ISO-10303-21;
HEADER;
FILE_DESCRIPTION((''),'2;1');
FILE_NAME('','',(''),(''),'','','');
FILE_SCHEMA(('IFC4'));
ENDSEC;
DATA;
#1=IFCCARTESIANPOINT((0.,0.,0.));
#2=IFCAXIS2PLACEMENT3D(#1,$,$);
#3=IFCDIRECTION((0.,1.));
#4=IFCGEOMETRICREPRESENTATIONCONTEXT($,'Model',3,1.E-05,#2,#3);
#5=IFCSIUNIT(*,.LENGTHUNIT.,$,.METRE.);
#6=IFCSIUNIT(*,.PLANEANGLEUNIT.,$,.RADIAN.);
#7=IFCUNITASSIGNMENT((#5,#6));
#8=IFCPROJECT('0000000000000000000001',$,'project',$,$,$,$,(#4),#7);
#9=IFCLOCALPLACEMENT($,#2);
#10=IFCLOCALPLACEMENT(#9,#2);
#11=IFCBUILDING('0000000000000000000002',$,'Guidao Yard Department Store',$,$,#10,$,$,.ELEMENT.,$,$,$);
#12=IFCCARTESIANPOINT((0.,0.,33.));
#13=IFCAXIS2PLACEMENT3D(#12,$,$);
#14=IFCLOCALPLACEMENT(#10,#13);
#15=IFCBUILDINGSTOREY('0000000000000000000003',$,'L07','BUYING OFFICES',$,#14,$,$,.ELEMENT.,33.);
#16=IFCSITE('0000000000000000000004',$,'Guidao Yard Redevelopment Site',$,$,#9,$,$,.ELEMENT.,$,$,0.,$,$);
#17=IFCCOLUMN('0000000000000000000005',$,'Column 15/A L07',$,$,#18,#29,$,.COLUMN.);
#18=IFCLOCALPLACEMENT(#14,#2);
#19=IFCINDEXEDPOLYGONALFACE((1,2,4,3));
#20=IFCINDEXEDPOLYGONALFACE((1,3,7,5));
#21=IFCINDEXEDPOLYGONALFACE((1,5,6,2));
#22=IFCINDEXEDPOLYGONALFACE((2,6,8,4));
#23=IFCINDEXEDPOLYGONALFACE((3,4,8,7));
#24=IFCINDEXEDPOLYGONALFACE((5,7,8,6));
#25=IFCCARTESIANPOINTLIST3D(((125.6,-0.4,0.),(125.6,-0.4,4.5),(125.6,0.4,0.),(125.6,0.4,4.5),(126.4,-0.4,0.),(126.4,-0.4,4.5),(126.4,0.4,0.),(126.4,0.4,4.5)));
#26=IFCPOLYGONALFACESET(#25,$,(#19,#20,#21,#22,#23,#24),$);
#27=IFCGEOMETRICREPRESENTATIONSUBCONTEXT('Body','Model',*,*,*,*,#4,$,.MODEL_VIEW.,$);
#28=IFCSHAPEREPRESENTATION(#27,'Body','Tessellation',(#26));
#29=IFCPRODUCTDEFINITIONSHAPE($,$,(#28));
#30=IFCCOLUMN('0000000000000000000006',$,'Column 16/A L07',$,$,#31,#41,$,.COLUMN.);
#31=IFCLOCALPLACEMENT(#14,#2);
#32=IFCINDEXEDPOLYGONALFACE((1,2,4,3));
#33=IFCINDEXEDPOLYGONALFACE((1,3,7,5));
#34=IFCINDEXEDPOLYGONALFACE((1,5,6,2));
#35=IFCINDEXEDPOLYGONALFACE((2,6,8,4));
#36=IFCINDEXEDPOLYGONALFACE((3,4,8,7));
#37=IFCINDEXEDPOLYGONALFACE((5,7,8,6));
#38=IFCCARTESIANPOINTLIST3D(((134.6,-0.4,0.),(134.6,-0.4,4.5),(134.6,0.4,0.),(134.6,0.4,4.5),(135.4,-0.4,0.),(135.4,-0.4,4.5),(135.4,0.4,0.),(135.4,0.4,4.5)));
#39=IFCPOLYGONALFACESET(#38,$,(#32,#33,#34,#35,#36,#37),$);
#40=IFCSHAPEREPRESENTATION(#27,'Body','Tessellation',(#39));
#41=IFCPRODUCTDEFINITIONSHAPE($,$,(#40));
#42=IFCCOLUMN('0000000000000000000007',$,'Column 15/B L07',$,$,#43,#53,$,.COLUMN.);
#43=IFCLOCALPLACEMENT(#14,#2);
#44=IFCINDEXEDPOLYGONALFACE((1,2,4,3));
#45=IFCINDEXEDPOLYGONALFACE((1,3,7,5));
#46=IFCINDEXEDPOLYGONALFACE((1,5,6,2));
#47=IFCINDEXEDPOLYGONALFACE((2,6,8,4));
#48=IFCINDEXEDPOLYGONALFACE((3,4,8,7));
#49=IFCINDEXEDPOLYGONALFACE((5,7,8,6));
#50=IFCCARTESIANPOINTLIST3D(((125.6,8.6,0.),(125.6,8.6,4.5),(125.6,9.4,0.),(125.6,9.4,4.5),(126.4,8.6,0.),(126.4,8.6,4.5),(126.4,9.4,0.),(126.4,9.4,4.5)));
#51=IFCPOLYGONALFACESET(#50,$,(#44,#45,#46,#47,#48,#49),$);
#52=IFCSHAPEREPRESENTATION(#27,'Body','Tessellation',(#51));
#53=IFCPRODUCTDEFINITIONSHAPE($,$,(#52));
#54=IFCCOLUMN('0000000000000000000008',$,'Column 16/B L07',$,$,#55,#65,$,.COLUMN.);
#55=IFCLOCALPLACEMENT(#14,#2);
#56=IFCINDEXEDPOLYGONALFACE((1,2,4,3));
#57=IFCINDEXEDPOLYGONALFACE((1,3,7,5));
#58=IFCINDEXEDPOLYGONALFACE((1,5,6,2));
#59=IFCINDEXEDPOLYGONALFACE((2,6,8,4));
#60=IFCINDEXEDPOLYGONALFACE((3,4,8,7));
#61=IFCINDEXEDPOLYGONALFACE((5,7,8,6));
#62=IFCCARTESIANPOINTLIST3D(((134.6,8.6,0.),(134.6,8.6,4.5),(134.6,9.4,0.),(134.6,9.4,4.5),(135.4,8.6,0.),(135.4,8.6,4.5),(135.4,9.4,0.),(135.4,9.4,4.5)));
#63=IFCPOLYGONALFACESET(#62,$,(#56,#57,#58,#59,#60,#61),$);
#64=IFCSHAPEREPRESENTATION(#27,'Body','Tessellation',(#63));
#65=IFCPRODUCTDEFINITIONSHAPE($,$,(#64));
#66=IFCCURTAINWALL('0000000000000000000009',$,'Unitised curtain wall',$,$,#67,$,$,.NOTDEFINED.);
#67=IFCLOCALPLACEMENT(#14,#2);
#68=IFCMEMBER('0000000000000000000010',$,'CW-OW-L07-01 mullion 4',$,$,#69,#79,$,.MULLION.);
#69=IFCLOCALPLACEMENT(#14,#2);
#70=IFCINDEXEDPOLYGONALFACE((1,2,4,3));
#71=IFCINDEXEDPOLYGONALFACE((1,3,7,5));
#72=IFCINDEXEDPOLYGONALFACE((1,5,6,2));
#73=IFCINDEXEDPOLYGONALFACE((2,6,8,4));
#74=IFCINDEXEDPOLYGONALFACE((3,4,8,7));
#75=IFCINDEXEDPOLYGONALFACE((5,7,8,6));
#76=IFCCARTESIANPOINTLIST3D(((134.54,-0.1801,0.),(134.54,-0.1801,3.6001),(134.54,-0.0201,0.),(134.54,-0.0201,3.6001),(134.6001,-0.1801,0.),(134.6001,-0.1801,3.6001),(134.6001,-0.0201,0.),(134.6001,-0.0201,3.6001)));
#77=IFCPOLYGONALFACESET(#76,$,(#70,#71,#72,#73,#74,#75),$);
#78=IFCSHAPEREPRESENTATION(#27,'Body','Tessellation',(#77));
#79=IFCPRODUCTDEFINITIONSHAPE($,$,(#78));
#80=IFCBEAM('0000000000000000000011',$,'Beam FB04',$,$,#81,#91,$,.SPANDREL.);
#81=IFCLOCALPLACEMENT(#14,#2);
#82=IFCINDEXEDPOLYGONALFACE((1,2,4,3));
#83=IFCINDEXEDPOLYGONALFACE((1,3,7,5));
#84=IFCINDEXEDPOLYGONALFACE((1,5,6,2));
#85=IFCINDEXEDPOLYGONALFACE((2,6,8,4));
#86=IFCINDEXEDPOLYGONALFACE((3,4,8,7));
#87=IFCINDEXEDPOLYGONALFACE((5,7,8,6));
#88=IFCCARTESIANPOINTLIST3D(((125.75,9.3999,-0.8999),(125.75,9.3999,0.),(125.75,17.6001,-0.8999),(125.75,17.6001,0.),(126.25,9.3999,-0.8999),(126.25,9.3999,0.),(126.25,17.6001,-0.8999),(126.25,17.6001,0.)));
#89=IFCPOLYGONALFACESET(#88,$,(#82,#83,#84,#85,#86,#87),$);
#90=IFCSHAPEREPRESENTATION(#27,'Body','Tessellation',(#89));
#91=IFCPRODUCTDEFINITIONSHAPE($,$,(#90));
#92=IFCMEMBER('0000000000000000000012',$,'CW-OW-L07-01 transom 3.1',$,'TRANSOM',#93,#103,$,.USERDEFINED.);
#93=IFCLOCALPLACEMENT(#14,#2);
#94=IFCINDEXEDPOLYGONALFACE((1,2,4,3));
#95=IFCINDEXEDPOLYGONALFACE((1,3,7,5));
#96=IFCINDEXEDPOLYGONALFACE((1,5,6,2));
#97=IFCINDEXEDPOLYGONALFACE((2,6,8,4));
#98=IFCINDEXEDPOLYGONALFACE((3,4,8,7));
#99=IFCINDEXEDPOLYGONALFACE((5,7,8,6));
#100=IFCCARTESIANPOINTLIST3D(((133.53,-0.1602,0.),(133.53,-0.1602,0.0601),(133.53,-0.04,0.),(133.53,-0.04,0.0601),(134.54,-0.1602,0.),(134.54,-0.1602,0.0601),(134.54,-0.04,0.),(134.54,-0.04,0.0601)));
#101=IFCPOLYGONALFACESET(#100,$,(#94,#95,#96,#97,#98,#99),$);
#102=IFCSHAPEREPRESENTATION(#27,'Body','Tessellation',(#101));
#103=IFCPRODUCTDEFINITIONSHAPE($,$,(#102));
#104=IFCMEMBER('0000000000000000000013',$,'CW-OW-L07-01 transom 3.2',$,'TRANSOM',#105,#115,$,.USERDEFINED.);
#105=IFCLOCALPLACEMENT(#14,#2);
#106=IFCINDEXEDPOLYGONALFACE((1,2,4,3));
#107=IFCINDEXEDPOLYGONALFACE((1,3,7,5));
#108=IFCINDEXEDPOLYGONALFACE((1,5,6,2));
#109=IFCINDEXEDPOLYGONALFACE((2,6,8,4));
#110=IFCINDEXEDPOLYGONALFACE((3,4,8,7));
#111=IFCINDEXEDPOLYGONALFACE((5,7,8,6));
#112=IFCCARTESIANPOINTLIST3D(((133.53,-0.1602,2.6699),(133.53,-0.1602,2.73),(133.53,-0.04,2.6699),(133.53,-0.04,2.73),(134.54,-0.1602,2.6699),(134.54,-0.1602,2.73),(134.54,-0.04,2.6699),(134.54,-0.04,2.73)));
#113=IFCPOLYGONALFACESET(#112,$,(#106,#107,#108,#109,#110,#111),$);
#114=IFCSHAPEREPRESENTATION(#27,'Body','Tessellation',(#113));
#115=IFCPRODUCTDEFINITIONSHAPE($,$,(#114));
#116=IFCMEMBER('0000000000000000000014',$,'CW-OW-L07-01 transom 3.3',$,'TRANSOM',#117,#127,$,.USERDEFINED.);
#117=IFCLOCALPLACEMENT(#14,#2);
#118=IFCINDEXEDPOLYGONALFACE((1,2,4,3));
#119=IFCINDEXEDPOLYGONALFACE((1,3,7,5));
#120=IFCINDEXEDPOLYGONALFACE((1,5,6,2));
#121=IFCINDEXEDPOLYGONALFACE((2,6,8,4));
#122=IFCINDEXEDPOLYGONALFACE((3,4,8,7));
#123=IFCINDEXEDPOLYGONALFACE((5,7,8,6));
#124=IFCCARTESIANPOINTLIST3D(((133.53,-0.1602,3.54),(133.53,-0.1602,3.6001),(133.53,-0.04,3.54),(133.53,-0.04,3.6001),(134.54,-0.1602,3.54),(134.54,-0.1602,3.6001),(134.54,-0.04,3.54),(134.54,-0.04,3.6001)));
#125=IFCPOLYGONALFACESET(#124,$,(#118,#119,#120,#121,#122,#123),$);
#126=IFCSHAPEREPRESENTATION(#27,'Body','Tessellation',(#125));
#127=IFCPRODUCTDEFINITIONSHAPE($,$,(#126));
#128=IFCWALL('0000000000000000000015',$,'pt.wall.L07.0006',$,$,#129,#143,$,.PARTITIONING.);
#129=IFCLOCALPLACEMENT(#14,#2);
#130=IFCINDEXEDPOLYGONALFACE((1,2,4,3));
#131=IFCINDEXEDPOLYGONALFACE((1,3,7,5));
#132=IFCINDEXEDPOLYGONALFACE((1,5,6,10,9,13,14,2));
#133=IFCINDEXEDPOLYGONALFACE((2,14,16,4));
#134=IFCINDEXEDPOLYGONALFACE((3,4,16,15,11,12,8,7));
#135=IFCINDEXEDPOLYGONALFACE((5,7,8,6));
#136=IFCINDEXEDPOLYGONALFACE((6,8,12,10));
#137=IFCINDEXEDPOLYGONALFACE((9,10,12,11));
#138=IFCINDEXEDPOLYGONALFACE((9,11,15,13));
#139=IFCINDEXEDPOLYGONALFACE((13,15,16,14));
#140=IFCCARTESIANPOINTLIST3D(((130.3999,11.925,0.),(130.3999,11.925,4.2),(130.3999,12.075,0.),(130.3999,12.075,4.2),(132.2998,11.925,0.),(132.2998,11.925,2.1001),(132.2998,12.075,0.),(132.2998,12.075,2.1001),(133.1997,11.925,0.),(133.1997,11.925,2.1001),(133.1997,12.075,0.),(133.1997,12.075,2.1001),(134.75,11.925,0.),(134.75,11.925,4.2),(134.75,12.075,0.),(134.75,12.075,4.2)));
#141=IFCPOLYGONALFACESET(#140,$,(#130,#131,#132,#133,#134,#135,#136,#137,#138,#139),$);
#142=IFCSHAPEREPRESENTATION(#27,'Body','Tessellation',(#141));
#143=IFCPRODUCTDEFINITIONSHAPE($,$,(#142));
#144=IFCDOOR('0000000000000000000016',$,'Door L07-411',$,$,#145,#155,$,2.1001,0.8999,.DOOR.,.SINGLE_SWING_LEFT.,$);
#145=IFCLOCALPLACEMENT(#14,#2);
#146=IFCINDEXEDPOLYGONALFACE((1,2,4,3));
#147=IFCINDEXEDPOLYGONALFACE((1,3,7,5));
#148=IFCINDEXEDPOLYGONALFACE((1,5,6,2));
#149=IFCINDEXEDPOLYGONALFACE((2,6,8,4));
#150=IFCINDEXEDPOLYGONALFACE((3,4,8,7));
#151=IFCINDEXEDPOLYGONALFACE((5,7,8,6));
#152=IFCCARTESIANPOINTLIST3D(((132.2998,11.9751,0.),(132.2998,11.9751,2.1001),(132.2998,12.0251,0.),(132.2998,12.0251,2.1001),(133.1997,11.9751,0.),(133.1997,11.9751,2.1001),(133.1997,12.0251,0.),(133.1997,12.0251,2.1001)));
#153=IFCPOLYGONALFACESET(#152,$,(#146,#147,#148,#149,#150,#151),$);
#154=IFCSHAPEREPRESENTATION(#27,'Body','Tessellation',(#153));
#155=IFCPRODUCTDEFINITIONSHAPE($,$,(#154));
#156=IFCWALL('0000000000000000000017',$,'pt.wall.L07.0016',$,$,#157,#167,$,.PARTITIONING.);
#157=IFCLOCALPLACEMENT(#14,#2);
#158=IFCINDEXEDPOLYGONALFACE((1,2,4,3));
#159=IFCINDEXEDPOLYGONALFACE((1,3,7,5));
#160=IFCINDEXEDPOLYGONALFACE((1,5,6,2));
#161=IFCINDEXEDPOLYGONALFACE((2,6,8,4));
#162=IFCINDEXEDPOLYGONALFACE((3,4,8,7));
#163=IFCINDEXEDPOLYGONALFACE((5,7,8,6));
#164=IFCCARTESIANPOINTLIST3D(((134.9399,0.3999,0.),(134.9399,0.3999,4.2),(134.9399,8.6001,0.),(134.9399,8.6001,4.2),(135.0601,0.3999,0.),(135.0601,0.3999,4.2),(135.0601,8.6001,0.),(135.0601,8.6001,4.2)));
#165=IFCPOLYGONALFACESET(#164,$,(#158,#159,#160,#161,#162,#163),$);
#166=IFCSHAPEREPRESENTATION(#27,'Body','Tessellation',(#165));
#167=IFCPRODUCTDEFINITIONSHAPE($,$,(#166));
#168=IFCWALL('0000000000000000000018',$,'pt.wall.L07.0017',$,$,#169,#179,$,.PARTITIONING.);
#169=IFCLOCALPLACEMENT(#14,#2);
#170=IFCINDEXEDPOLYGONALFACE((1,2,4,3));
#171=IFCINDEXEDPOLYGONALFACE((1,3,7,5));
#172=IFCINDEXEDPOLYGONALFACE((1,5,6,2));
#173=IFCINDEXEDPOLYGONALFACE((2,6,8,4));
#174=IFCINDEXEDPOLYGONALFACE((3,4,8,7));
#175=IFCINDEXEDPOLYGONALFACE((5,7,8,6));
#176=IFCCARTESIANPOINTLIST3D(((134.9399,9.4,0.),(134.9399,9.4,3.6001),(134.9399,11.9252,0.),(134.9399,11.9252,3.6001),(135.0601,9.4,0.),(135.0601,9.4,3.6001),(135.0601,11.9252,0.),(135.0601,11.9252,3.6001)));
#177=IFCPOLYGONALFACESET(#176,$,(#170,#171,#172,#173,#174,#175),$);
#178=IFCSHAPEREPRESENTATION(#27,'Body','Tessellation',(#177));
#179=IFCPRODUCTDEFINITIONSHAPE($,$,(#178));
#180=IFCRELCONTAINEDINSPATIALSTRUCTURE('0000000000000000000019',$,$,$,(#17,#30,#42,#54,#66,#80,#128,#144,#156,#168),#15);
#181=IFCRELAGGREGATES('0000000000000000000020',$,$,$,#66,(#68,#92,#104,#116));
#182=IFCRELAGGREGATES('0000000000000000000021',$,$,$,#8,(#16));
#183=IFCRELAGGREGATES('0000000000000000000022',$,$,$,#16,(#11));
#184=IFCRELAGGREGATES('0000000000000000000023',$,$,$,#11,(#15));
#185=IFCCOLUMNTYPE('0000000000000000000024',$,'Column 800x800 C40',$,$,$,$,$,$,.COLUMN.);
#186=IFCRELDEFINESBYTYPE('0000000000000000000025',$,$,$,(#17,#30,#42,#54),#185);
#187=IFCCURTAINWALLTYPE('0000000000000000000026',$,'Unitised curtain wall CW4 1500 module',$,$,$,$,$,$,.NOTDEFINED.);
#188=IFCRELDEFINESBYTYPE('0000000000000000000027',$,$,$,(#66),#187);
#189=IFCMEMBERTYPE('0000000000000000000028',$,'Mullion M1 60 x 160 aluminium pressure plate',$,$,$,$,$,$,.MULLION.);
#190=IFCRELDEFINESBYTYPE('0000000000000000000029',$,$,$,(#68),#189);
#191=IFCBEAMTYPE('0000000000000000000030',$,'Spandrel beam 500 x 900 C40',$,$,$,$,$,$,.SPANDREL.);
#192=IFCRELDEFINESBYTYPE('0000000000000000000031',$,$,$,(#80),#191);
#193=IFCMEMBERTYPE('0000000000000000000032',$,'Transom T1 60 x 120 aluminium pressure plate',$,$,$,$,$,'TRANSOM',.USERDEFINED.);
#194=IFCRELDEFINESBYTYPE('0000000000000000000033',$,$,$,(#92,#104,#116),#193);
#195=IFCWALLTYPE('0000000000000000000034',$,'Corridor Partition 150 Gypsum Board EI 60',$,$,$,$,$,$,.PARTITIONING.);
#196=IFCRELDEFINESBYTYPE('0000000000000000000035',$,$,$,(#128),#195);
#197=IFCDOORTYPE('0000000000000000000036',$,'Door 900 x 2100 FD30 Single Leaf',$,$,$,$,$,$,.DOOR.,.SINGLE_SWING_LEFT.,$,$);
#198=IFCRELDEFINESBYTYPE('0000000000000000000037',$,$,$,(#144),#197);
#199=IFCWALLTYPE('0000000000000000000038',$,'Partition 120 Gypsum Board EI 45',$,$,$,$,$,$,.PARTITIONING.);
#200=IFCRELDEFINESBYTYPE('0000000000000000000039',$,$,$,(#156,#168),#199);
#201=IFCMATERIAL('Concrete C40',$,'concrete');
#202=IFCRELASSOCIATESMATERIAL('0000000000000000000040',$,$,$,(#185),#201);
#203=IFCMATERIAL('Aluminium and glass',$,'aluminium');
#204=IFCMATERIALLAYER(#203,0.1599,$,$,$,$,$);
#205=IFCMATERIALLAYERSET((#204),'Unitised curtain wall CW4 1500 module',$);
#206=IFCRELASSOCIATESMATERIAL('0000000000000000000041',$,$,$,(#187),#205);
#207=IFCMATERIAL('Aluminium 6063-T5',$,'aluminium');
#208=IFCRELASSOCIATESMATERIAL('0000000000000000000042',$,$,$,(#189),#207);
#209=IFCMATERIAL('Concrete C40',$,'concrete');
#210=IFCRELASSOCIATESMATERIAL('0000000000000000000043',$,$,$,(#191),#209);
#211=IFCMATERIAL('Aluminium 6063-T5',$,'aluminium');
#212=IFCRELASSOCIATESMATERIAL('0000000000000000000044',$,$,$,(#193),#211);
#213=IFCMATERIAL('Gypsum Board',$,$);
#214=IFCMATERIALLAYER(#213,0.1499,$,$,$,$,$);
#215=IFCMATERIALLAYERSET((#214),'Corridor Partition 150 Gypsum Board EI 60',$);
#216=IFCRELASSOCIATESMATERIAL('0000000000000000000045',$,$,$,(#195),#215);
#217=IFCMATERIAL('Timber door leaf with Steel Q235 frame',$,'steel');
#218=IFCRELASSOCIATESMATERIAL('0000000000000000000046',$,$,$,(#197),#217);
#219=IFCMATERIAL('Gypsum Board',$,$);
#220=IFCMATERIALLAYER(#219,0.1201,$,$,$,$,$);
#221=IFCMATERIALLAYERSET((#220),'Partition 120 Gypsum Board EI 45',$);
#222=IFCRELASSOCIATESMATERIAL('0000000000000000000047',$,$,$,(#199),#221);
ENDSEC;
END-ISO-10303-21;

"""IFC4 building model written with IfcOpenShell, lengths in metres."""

from ifc_helpers import new_model, si_unit, direction, frame, frame_2d, origin, origin_2d, place, context, subcontext, project, spatial, rectangle, extrude, material, layer, layer_set, material_profile, profile_set, type_object, element, fill, aggregate, save


model = new_model("IFC4")

# Units and contexts
model_context = context("Model", 3, precision=1e-05, world=origin(), true_north=direction((0.0, 1.0)))
body_context = subcontext(model_context, "Body", "Model", "MODEL_VIEW")
ifc_project = project(units=[si_unit("LENGTHUNIT", "METRE"), si_unit("PLANEANGLEUNIT", "RADIAN")], contexts=[model_context])

# Site, building, storey
site_placement = place(None, origin())
site = spatial("IfcSite", under=ifc_project, at=site_placement, Name="Guidao Yard Redevelopment Site", CompositionType="ELEMENT", RefElevation=0.0)
building_placement = place(site_placement, origin())
building = spatial("IfcBuilding", under=site, at=building_placement, Name="Guidao Yard Department Store", CompositionType="ELEMENT")
storey_placement = place(building_placement, frame((0.0, 0.0, 33.0)))
storey = spatial("IfcBuildingStorey", under=building, at=storey_placement, Name="L07", Description="BUYING OFFICES", CompositionType="ELEMENT", Elevation=33.0)

# Columns
ifc_material_1 = material(Name="Concrete C40", Category="concrete")
ifc_material_profile_1 = material_profile(ifc_material_1, rectangle(XDim=0.8, YDim=0.8, at=origin_2d()), Name="COL 800x800")
ifc_profile_set_1 = profile_set([ifc_material_profile_1], Name="Concrete C40")
column_type = type_object("IfcColumnType", Name="Column 800x800 C40", PredefinedType="COLUMN", material=ifc_profile_set_1)
for number, where, z_axis, x_axis, name in (
    (1, (126.0, 0.0, 0.0), (0.0, 0.0, 1.0), (1.0, 0.0, 0.0), "Column 15/A L07"),
    (2, (135.0, 0.0, 0.0), (0.0, 0.0, 1.0), (1.0, 0.0, 0.0), "Column 16/A L07"),
    (3, (126.0, 9.0, 0.0), (0.0, 0.0, 1.0), (1.0, 0.0, 0.0), "Column 15/B L07"),
    (4, (135.0, 9.0, 0.0), (0.0, 0.0, 1.0), (1.0, 0.0, 0.0), "Column 16/B L07"),
):
    element("IfcColumn", number, at=place(storey_placement, frame(where, z_axis=z_axis, x_axis=x_axis)), inside=storey, type_object=column_type, Name=name, PredefinedType="COLUMN", context=body_context, shape_type="SweptSolid", body=[
        extrude(rectangle(XDim=0.8, YDim=0.8, at=origin_2d()), origin(), (0.0, 0.0, 1.0), 4.5),
    ])

# Curtain wall, member
ifc_material_2 = material(Name="Aluminium and glass", Category="aluminium")
ifc_layer_1 = layer(ifc_material_2, 0.1599)
ifc_layer_set_1 = layer_set([ifc_layer_1], Name="Unitised curtain wall CW4 1500 module")
curtain_wall_type = type_object("IfcCurtainWallType", Name="Unitised curtain wall CW4 1500 module", PredefinedType="NOTDEFINED", material=ifc_layer_set_1)
curtain_wall_placement = place(storey_placement, origin())
curtain_wall = element("IfcCurtainWall", 5, at=curtain_wall_placement, inside=storey, type_object=curtain_wall_type, Name="Unitised curtain wall", PredefinedType="NOTDEFINED")
ifc_material_3 = material(Name="Aluminium 6063-T5", Category="aluminium")
ifc_material_profile_2 = material_profile(ifc_material_3, rectangle(XDim=0.0601, YDim=0.1599, at=origin_2d()), Name="Mullion M1 60 x 160 aluminium pressure plate")
ifc_profile_set_2 = profile_set([ifc_material_profile_2], Name="Aluminium 6063-T5")
member_type_1 = type_object("IfcMemberType", Name="Mullion M1 60 x 160 aluminium pressure plate", PredefinedType="MULLION", material=ifc_profile_set_2)
member_1_placement = place(storey_placement, frame((134.5701, -0.1001, 0.0), z_axis=(0.0, 0.0, 1.0), x_axis=(-1.0, 0.0, 0.0)))
member_1 = element("IfcMember", 6, at=member_1_placement, type_object=member_type_1, Name="CW-OW-L07-01 mullion 4", PredefinedType="MULLION", context=body_context, shape_type="SweptSolid", body=[
    extrude(rectangle(XDim=0.0601, YDim=0.1599, at=origin_2d()), origin(), (0.0, 0.0, 1.0), 3.6001),
])

# Beam
ifc_material_4 = material(Name="Concrete C40", Category="concrete")
ifc_material_profile_3 = material_profile(ifc_material_4, rectangle(XDim=0.5, YDim=0.8999, at=origin_2d()), Name="Spandrel beam 500 x 900 C40")
ifc_profile_set_3 = profile_set([ifc_material_profile_3], Name="Concrete C40")
beam_type = type_object("IfcBeamType", Name="Spandrel beam 500 x 900 C40", PredefinedType="SPANDREL", material=ifc_profile_set_3)
beam_placement = place(storey_placement, frame((126.0, 9.3999, -0.45), z_axis=(0.0, 1.0, 0.0), x_axis=(-1.0, 0.0, 0.0)))
element("IfcBeam", 7, at=beam_placement, inside=storey, type_object=beam_type, Name="Beam FB04", PredefinedType="SPANDREL", context=body_context, shape_type="SweptSolid", body=[
    extrude(rectangle(XDim=0.5, YDim=0.8999, at=origin_2d()), origin(), (0.0, 0.0, 1.0), 8.2002),
])

# Members
ifc_material_5 = material(Name="Aluminium 6063-T5", Category="aluminium")
ifc_material_profile_4 = material_profile(ifc_material_5, rectangle(XDim=0.1201, YDim=0.0601, at=origin_2d()), Name="Transom T1 60 x 120 aluminium pressure plate")
ifc_profile_set_4 = profile_set([ifc_material_profile_4], Name="Aluminium 6063-T5")
member_type_2 = type_object("IfcMemberType", Name="Transom T1 60 x 120 aluminium pressure plate", ElementType="TRANSOM", PredefinedType="USERDEFINED", material=ifc_profile_set_4)
member_2_placement = place(storey_placement, frame((134.54, -0.1001, 0.03), z_axis=(-1.0, 0.0, 0.0), x_axis=(0.0, -1.0, 0.0)))
member_2 = element("IfcMember", 8, at=member_2_placement, type_object=member_type_2, Name="CW-OW-L07-01 transom 3.1", ObjectType="TRANSOM", PredefinedType="USERDEFINED", context=body_context, shape_type="SweptSolid", body=[
    extrude(rectangle(XDim=0.1201, YDim=0.0601, at=origin_2d()), origin(), (0.0, 0.0, 1.0), 1.01),
])
member_3_placement = place(storey_placement, frame((134.54, -0.1001, 2.7), z_axis=(-1.0, 0.0, 0.0), x_axis=(0.0, -1.0, 0.0)))
member_3 = element("IfcMember", 9, at=member_3_placement, type_object=member_type_2, Name="CW-OW-L07-01 transom 3.2", ObjectType="TRANSOM", PredefinedType="USERDEFINED", context=body_context, shape_type="SweptSolid", body=[
    extrude(rectangle(XDim=0.1201, YDim=0.0601, at=origin_2d()), origin(), (0.0, 0.0, 1.0), 1.01),
])
member_4_placement = place(storey_placement, frame((134.54, -0.1001, 3.5701), z_axis=(-1.0, 0.0, 0.0), x_axis=(0.0, -1.0, 0.0)))
member_4 = element("IfcMember", 10, at=member_4_placement, type_object=member_type_2, Name="CW-OW-L07-01 transom 3.3", ObjectType="TRANSOM", PredefinedType="USERDEFINED", context=body_context, shape_type="SweptSolid", body=[
    extrude(rectangle(XDim=0.1201, YDim=0.0601, at=origin_2d()), origin(), (0.0, 0.0, 1.0), 1.01),
])
aggregate(curtain_wall, [member_1, member_2, member_3, member_4])

# Wall, opening, door
ifc_material_6 = material(Name="Gypsum Board")
ifc_layer_2 = layer(ifc_material_6, 0.1499)
ifc_layer_set_2 = layer_set([ifc_layer_2], Name="Corridor Partition 150 Gypsum Board EI 60")
wall_type_1 = type_object("IfcWallType", Name="Corridor Partition 150 Gypsum Board EI 60", PredefinedType="PARTITIONING", material=ifc_layer_set_2)
wall_1_placement = place(storey_placement, frame((130.3999, 12.0, 0.0), z_axis=(0.0, 0.0, 1.0), x_axis=(1.0, 0.0, 0.0)))
wall_1 = element("IfcWall", 11, at=wall_1_placement, inside=storey, type_object=wall_type_1, Name="pt.wall.L07.0006", PredefinedType="PARTITIONING", context=body_context, shape_type="SweptSolid", body=[
    extrude(rectangle(XDim=4.3501, YDim=0.1499, at=frame_2d((2.175, 0.0))), origin(), (0.0, 0.0, 1.0), 4.2),
])
opening_1_placement = place(wall_1_placement, frame((2.7998, 0.0, 0.0), z_axis=(0.0, 0.0, 1.0), x_axis=(-1.0, 0.0, 0.0)))
opening_1 = element("IfcOpeningElement", 12, at=opening_1_placement, cuts=wall_1, PredefinedType="OPENING", context=body_context, shape_type="SweptSolid", body=[
    extrude(rectangle(XDim=0.8999, YDim=2.1001, at=frame_2d((0.45, 1.05))), frame((0.0, 0.085, 0.0), z_axis=(0.0, -1.0, 0.0), x_axis=(1.0, 0.0, 0.0)), (0.0, 0.0, 1.0), 0.1699),
])
ifc_material_7 = material(Name="Timber door leaf with Steel Q235 frame", Category="steel")
door_type_1 = type_object("IfcDoorType", Name="Door 900 x 2100 FD30 Single Leaf", OperationType="SINGLE_SWING_LEFT", PredefinedType="DOOR", material=ifc_material_7)
door_1_placement = place(opening_1_placement, origin())
door_1 = element("IfcDoor", 13, at=door_1_placement, inside=storey, type_object=door_type_1, Name="Door L07-411", OperationType="SINGLE_SWING_LEFT", OverallHeight=2.1001, OverallWidth=0.8999, PredefinedType="DOOR", context=body_context, shape_type="SweptSolid", body=[
    extrude(rectangle(XDim=0.8999, YDim=2.1001, at=frame_2d((0.45, 1.05))), frame((0.0, 0.0249, 0.0), z_axis=(0.0, -1.0, 0.0), x_axis=(1.0, 0.0, 0.0)), (0.0, 0.0, 1.0), 0.05),
])
fill(opening_1, door_1)

# Walls
ifc_material_8 = material(Name="Gypsum Board")
ifc_layer_3 = layer(ifc_material_8, 0.1201)
ifc_layer_set_3 = layer_set([ifc_layer_3], Name="Partition 120 Gypsum Board EI 45")
wall_type_2 = type_object("IfcWallType", Name="Partition 120 Gypsum Board EI 45", PredefinedType="PARTITIONING", material=ifc_layer_set_3)
wall_2_placement = place(storey_placement, frame((135.0, 0.3999, 0.0), z_axis=(0.0, 0.0, 1.0), x_axis=(0.0, 1.0, 0.0)))
element("IfcWall", 14, at=wall_2_placement, inside=storey, type_object=wall_type_2, Name="pt.wall.L07.0016", PredefinedType="PARTITIONING", context=body_context, shape_type="SweptSolid", body=[
    extrude(rectangle(XDim=8.2002, YDim=0.1201, at=frame_2d((4.1001, 0.0))), origin(), (0.0, 0.0, 1.0), 4.2),
])
wall_3_placement = place(storey_placement, frame((135.0, 9.3999, 0.0), z_axis=(0.0, 0.0, 1.0), x_axis=(0.0, 1.0, 0.0)))
element("IfcWall", 15, at=wall_3_placement, inside=storey, type_object=wall_type_2, Name="pt.wall.L07.0017", PredefinedType="PARTITIONING", context=body_context, shape_type="SweptSolid", body=[
    extrude(rectangle(XDim=2.5251, YDim=0.1201, at=frame_2d((1.2627, 0.0))), origin(), (0.0, 0.0, 1.0), 3.6001),
])

save(model, "model.ifc")
